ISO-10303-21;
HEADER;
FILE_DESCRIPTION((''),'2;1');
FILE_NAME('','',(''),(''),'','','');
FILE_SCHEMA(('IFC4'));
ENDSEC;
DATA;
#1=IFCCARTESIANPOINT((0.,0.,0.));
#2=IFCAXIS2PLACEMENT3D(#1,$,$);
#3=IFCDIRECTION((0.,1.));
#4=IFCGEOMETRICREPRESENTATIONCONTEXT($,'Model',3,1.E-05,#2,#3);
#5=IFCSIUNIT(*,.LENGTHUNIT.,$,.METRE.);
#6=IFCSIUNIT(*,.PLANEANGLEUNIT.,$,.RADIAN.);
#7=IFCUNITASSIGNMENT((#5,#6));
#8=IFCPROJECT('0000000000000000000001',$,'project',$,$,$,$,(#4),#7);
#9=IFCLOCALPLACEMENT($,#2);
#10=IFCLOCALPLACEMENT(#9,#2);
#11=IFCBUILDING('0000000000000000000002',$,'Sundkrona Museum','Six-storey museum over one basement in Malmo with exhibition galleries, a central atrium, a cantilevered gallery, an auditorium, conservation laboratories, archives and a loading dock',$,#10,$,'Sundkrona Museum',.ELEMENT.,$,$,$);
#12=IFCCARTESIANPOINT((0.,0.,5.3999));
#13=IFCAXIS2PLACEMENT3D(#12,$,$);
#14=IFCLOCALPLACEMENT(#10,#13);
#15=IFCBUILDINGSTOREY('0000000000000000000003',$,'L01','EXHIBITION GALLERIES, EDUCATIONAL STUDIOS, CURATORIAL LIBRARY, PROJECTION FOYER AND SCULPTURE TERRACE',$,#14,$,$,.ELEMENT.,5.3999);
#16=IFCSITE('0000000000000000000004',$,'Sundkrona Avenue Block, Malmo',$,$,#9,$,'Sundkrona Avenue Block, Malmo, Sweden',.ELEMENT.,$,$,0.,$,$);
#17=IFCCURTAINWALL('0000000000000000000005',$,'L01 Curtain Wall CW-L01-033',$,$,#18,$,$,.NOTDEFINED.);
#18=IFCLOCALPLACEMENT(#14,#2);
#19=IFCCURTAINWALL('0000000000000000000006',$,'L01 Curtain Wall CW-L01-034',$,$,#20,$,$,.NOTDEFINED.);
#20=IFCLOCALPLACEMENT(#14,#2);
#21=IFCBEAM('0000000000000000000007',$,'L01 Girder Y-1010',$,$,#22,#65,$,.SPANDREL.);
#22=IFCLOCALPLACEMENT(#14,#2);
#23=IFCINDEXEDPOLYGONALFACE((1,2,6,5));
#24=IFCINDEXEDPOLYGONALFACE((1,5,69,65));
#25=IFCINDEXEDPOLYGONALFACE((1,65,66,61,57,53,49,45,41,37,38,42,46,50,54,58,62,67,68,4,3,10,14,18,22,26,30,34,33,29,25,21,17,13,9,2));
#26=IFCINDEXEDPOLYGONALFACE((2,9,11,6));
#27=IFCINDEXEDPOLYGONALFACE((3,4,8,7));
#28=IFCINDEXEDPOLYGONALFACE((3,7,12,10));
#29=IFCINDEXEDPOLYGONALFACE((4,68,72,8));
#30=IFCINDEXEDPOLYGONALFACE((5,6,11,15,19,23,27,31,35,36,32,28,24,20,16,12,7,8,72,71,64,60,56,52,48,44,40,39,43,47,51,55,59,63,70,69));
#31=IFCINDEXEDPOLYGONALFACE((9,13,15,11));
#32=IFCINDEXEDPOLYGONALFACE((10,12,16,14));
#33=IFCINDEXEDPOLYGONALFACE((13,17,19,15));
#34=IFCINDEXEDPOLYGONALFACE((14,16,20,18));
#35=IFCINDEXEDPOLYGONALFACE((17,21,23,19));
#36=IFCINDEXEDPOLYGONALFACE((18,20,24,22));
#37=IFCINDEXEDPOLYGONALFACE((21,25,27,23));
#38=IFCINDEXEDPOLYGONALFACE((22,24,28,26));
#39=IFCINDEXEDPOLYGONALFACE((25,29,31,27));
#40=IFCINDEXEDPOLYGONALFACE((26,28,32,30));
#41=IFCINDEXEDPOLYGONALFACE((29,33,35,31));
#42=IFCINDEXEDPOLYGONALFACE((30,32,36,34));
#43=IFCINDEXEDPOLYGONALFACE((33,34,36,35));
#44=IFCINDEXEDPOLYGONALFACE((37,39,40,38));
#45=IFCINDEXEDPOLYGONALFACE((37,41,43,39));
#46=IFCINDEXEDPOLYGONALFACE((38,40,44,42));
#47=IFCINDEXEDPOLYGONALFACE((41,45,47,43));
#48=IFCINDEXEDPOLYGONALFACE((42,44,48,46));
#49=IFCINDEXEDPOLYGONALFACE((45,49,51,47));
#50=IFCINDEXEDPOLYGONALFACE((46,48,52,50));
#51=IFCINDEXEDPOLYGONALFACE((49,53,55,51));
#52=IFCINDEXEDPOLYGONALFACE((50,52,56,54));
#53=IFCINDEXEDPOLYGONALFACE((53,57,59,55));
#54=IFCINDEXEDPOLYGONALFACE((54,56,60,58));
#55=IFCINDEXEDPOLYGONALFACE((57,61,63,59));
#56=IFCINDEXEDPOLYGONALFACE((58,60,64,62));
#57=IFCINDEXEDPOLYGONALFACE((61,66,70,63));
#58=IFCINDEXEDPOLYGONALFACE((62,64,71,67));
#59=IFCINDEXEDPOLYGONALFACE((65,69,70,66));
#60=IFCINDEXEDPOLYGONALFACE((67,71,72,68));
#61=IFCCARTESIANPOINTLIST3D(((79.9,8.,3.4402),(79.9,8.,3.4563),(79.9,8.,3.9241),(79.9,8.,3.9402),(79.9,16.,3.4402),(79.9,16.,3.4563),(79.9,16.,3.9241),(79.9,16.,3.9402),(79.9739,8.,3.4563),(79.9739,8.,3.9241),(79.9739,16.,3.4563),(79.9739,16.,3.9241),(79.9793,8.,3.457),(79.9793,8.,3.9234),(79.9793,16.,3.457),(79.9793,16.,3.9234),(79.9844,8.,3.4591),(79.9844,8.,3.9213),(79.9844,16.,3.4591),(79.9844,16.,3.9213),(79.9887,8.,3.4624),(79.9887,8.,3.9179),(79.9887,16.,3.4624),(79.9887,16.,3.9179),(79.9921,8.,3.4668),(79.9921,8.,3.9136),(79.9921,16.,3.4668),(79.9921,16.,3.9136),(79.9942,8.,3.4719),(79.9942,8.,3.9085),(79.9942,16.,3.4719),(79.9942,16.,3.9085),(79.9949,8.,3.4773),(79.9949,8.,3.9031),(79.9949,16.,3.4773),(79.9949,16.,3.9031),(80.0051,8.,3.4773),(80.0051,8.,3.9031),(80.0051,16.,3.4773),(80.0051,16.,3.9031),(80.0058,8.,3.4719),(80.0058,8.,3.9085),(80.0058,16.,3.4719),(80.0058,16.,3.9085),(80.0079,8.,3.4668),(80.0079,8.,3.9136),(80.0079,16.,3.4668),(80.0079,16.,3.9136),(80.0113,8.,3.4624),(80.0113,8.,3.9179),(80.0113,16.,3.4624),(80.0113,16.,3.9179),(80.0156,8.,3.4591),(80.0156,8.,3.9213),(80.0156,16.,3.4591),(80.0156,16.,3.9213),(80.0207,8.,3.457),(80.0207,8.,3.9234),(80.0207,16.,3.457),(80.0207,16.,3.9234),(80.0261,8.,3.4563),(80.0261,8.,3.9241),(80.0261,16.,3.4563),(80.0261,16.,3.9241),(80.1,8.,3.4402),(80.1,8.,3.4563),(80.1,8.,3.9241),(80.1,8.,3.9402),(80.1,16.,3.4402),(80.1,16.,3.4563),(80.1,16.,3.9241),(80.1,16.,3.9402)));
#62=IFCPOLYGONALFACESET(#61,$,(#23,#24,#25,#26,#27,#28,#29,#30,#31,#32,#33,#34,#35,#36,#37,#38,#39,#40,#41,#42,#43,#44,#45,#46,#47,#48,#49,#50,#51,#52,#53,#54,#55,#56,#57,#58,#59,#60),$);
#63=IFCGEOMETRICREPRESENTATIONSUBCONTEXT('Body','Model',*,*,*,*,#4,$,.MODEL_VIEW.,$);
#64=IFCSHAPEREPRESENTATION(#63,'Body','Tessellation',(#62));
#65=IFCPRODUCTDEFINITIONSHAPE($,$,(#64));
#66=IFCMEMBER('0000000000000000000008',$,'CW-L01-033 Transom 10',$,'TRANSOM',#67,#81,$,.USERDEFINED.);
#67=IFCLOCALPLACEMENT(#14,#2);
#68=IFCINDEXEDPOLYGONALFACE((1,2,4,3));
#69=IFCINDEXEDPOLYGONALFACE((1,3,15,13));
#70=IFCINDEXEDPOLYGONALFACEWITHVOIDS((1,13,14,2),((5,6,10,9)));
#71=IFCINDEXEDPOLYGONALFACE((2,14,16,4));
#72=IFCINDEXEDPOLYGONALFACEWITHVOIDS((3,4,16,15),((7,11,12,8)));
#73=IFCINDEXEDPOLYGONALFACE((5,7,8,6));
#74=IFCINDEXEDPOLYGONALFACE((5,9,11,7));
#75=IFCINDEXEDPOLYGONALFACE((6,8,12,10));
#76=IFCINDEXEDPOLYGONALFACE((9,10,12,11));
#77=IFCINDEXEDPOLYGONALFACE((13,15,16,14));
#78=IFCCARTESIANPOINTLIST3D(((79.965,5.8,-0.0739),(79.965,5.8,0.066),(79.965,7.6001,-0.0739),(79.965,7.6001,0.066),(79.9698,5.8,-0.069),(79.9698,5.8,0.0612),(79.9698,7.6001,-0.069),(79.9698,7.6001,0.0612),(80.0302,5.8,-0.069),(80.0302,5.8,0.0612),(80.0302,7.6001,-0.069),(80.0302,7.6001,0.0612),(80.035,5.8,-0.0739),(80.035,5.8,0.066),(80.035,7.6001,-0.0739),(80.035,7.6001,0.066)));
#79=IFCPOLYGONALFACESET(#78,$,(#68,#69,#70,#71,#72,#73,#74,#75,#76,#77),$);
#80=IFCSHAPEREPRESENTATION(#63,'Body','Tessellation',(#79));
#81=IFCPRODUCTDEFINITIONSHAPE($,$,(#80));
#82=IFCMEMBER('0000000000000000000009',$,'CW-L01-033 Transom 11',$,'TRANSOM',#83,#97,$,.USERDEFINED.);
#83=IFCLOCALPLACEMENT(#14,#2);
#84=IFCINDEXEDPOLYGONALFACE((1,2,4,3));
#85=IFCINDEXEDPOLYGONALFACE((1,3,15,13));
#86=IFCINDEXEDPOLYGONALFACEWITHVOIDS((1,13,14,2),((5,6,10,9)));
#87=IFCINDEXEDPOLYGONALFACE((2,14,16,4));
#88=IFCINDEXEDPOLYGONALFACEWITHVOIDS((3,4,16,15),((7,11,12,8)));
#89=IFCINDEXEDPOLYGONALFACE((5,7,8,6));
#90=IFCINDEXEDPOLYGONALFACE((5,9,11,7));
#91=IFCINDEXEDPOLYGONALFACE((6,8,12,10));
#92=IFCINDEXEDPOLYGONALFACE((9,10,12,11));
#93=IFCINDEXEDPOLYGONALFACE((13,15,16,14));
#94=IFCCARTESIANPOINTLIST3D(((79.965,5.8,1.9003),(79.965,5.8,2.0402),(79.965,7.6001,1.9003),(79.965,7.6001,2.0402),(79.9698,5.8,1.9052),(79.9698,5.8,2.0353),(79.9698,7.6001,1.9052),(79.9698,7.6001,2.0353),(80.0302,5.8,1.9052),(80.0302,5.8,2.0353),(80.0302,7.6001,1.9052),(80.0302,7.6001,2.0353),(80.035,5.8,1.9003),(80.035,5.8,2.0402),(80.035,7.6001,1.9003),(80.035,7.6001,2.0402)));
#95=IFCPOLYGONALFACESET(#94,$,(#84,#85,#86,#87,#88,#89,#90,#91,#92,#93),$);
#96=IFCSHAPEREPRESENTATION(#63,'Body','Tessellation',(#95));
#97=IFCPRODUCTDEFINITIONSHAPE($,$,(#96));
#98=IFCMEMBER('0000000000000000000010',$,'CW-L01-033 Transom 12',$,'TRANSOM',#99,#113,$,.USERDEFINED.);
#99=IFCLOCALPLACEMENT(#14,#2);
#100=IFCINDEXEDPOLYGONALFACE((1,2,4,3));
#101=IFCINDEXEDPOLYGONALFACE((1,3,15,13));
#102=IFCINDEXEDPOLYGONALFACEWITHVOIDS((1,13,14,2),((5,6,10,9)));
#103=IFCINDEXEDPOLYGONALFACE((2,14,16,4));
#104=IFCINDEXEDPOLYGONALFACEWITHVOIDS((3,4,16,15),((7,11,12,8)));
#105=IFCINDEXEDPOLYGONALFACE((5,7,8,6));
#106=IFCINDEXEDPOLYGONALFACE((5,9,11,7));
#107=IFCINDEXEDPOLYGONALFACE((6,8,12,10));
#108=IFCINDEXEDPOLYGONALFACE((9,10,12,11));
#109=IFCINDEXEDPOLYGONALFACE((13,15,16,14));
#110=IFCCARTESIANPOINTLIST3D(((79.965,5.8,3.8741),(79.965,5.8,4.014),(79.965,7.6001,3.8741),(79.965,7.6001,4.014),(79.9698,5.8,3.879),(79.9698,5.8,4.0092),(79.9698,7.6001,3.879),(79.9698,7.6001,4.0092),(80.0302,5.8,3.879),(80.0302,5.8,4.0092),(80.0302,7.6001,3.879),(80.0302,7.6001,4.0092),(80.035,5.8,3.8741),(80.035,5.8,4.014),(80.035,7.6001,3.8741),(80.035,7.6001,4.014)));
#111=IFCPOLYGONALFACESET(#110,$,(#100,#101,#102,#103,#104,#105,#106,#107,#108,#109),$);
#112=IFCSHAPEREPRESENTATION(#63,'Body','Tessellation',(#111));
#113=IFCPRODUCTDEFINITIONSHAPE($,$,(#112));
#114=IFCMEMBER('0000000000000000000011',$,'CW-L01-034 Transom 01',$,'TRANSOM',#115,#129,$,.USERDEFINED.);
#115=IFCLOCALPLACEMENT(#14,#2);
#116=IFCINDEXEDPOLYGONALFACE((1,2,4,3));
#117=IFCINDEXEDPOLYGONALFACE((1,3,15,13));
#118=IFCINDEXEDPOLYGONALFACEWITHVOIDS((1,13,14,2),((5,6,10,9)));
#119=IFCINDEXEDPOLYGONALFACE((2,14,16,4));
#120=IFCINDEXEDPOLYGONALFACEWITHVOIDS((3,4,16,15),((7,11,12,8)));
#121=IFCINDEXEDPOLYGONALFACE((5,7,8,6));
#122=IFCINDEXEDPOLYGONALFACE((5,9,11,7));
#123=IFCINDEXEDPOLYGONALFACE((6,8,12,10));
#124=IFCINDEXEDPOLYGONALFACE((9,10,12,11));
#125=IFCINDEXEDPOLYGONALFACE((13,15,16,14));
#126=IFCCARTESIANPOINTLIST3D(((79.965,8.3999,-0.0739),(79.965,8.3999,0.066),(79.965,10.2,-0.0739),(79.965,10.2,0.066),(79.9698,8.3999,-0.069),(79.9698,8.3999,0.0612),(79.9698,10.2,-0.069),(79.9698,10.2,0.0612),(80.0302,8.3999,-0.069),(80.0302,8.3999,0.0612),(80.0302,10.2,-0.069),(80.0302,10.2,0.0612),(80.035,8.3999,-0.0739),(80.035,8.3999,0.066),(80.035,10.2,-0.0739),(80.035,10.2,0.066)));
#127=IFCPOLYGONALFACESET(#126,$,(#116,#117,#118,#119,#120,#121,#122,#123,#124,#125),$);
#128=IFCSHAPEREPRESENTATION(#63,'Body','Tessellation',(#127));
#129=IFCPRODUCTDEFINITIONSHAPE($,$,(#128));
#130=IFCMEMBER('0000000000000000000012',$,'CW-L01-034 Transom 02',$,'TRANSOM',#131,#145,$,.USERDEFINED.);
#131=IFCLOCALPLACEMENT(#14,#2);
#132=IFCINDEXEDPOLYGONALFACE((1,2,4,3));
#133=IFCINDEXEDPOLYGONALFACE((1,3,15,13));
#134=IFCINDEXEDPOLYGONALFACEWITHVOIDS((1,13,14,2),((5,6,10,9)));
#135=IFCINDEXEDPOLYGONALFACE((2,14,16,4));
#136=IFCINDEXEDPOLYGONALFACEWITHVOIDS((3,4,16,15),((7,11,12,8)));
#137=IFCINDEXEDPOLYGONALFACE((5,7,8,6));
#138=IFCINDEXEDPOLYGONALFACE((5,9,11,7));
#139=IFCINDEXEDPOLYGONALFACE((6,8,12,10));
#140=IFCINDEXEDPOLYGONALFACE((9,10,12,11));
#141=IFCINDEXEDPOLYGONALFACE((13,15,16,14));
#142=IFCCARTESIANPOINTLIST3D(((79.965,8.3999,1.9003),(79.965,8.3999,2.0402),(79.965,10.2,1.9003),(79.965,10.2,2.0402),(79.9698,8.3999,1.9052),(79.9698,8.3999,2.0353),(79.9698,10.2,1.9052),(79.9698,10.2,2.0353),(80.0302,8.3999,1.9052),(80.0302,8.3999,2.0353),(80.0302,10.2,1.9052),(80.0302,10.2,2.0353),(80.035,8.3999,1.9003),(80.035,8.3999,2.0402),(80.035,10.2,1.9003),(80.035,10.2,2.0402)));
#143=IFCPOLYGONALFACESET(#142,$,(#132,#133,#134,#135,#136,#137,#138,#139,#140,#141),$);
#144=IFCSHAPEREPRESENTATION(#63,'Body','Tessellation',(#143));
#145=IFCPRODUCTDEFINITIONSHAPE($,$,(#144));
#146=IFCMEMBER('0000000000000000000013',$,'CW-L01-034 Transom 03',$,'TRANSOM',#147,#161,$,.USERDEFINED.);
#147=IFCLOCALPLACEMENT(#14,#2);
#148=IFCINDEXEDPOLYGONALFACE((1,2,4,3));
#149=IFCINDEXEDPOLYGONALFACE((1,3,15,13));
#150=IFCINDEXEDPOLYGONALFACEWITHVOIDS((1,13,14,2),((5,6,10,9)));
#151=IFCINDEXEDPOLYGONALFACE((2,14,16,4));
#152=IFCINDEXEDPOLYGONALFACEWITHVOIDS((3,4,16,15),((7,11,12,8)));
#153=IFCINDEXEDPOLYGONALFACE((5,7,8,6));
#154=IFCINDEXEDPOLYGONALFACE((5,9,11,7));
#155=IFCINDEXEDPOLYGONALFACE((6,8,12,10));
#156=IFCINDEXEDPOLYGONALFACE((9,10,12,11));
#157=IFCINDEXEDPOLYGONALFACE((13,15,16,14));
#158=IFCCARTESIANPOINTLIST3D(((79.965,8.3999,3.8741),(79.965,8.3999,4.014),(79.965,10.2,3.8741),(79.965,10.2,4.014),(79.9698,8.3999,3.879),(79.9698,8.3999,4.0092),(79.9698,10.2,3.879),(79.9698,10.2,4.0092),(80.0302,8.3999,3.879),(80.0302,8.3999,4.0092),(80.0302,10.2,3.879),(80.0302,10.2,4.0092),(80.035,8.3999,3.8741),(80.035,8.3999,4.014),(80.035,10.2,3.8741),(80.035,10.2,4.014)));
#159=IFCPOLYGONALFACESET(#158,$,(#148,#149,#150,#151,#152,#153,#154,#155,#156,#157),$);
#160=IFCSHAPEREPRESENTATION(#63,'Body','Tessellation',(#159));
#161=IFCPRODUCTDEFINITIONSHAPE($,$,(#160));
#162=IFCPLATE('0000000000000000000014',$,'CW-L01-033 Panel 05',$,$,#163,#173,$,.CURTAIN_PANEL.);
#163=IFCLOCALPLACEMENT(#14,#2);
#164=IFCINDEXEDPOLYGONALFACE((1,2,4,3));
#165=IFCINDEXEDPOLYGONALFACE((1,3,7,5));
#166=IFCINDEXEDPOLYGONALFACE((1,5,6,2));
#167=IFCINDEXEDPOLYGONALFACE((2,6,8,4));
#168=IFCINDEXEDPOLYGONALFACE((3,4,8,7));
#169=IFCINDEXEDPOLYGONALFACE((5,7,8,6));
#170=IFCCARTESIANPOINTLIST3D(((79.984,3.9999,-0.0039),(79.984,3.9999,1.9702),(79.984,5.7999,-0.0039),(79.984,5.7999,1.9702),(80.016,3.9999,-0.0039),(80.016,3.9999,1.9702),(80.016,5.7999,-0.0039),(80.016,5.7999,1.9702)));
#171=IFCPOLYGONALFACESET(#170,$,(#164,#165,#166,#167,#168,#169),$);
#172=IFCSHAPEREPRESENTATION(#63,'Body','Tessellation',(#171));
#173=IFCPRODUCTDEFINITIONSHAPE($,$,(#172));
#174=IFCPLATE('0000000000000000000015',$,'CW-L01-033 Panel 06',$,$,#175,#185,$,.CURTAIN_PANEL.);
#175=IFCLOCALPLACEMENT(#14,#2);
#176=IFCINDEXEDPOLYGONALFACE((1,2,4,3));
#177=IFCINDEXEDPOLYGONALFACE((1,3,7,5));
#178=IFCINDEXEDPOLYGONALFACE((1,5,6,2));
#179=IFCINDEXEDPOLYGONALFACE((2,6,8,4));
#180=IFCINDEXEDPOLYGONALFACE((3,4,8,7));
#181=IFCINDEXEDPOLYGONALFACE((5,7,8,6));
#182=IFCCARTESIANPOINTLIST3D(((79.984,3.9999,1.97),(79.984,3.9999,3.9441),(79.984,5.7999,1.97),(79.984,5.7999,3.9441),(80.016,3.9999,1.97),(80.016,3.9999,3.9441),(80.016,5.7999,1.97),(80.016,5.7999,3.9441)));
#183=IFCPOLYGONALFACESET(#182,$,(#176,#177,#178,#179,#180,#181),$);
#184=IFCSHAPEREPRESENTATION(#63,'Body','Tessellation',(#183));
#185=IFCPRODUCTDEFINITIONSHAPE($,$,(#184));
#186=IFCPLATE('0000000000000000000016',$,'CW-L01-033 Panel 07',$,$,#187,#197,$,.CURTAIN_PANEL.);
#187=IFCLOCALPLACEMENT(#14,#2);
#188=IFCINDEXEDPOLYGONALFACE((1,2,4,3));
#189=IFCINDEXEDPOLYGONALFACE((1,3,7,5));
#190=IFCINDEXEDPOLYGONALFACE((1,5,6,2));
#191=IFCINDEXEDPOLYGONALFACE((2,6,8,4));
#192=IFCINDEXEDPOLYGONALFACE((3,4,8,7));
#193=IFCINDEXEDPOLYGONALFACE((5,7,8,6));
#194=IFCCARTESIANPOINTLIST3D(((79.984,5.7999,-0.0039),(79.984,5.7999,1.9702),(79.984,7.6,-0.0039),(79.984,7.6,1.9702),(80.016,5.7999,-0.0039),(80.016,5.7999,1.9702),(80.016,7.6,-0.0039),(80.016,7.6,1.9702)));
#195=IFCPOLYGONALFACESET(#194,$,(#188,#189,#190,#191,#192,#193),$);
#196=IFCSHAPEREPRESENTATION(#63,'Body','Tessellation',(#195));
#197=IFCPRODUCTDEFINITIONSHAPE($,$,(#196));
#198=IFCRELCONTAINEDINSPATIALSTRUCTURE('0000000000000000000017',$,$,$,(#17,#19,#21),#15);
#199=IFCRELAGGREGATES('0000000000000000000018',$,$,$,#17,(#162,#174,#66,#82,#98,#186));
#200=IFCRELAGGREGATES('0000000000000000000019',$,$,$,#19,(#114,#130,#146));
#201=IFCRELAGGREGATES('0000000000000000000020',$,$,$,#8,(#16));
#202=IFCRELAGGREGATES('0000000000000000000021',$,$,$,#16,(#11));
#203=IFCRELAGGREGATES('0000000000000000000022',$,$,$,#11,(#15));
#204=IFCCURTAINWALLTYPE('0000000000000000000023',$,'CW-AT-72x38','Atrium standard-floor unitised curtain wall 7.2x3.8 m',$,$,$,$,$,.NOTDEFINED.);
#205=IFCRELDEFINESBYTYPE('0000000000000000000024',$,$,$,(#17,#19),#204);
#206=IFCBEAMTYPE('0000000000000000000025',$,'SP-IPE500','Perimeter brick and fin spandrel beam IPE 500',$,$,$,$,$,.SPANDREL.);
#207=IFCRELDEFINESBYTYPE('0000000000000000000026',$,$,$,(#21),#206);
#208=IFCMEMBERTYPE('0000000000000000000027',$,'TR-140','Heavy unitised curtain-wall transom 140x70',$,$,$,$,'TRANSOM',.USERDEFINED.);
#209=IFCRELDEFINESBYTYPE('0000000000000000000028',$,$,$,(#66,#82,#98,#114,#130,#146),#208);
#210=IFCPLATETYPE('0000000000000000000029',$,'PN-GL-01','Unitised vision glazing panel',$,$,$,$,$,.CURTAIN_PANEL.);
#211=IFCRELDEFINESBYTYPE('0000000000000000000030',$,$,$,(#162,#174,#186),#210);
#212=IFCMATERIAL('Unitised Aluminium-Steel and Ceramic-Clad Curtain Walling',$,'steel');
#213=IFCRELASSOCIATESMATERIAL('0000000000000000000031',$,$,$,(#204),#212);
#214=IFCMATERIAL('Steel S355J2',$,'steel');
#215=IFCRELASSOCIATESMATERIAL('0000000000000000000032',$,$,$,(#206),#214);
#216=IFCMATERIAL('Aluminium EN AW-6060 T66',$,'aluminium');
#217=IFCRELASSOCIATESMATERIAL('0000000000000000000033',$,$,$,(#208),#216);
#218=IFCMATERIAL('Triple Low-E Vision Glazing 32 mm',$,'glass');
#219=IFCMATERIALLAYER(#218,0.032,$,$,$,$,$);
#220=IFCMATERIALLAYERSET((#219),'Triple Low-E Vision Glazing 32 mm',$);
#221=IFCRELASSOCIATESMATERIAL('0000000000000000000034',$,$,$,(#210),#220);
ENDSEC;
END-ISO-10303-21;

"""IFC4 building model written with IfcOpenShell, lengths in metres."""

from ifc_helpers import new_model, si_unit, direction, frame, origin, origin_2d, place, context, subcontext, project, spatial, rectangle, hollow_rectangle, i_section, extrude, material, layer, layer_set, material_profile, profile_set, type_object, element, aggregate, save


model = new_model("IFC4")

# Units and contexts
model_context = context("Model", 3, precision=1e-05, world=origin(), true_north=direction((0.0, 1.0)))
body_context = subcontext(model_context, "Body", "Model", "MODEL_VIEW")
ifc_project = project(units=[si_unit("LENGTHUNIT", "METRE"), si_unit("PLANEANGLEUNIT", "RADIAN")], contexts=[model_context])

# Site, building, storey
site_placement = place(None, origin())
site = spatial("IfcSite", under=ifc_project, at=site_placement, Name="Sundkrona Avenue Block, Malmo", LongName="Sundkrona Avenue Block, Malmo, Sweden", CompositionType="ELEMENT", RefElevation=0.0)
building_placement = place(site_placement, origin())
building = spatial("IfcBuilding", under=site, at=building_placement, Name="Sundkrona Museum", Description="Six-storey museum over one basement in Malmo with exhibition galleries, a central atrium, a cantilevered gallery, an auditorium, conservation laboratories, archives and a loading dock", LongName="Sundkrona Museum", CompositionType="ELEMENT")
storey_placement = place(building_placement, frame((0.0, 0.0, 5.3999)))
storey = spatial("IfcBuildingStorey", under=building, at=storey_placement, Name="L01", Description="EXHIBITION GALLERIES, EDUCATIONAL STUDIOS, CURATORIAL LIBRARY, PROJECTION FOYER AND SCULPTURE TERRACE", CompositionType="ELEMENT", Elevation=5.3999)

# Shared definitions
ifc_material_1 = material(Name="Steel S355J2", Category="steel")

# Curtain wall
ifc_material_2 = material(Name="Unitised Aluminium-Steel and Ceramic-Clad Curtain Walling", Category="steel")
curtain_wall_type = type_object("IfcCurtainWallType", Name="CW-AT-72x38", Description="Atrium standard-floor unitised curtain wall 7.2x3.8 m", PredefinedType="NOTDEFINED", material=ifc_material_2)
curtain_wall_1_placement = place(storey_placement, origin())
curtain_wall_1 = element("IfcCurtainWall", 1, at=curtain_wall_1_placement, inside=storey, type_object=curtain_wall_type, Name="L01 Curtain Wall CW-L01-033", PredefinedType="NOTDEFINED")
ifc_material_3 = material(Name="Aluminium EN AW-6060 T66", Category="aluminium")

# Curtain wall
curtain_wall_2_placement = place(storey_placement, origin())
curtain_wall_2 = element("IfcCurtainWall", 2, at=curtain_wall_2_placement, inside=storey, type_object=curtain_wall_type, Name="L01 Curtain Wall CW-L01-034", PredefinedType="NOTDEFINED")

# Beam
ifc_material_profile_1 = material_profile(ifc_material_1, i_section(OverallWidth=0.2, OverallDepth=0.5, WebThickness=0.0103, FlangeThickness=0.0161, FilletRadius=0.021, at=origin_2d()), Name="IPE 500")
ifc_profile_set_1 = profile_set([ifc_material_profile_1], Name="Steel S355J2")
beam_type_1 = type_object("IfcBeamType", Name="SP-IPE500", Description="Perimeter brick and fin spandrel beam IPE 500", PredefinedType="SPANDREL", material=ifc_profile_set_1)
beam_1_placement = place(storey_placement, frame((80.0, 8.0, 3.6902), z_axis=(0.0, 1.0, 0.0), x_axis=(-1.0, 0.0, 0.0)))
element("IfcBeam", 3, at=beam_1_placement, inside=storey, type_object=beam_type_1, Name="L01 Girder Y-1010", PredefinedType="SPANDREL", context=body_context, shape_type="SweptSolid", body=[
    extrude(i_section(OverallWidth=0.2, OverallDepth=0.5, WebThickness=0.0103, FlangeThickness=0.0161, FilletRadius=0.021, at=origin_2d()), origin(), (0.0, 0.0, 1.0), 8.0),
])

# Members
ifc_material_profile_2 = material_profile(ifc_material_3, hollow_rectangle(XDim=0.0701, YDim=0.1399, WallThickness=0.0049, at=origin_2d()), Name="RHS 140x70x5.0")
ifc_profile_set_2 = profile_set([ifc_material_profile_2], Name="Aluminium EN AW-6060 T66")
member_type_1 = type_object("IfcMemberType", Name="TR-140", Description="Heavy unitised curtain-wall transom 140x70", ElementType="TRANSOM", PredefinedType="USERDEFINED", material=ifc_profile_set_2)
member_1_placement = place(storey_placement, frame((80.0, 5.8, -0.0039), z_axis=(0.0, 1.0, 0.0), x_axis=(-1.0, 0.0, 0.0)))
member_1 = element("IfcMember", 4, at=member_1_placement, type_object=member_type_1, Name="CW-L01-033 Transom 10", ObjectType="TRANSOM", PredefinedType="USERDEFINED", context=body_context, shape_type="SweptSolid", body=[
    extrude(hollow_rectangle(XDim=0.0701, YDim=0.1399, WallThickness=0.0049, at=origin_2d()), origin(), (0.0, 0.0, 1.0), 1.8),
])
member_2_placement = place(storey_placement, frame((80.0, 5.8, 1.9702), z_axis=(0.0, 1.0, 0.0), x_axis=(-1.0, 0.0, 0.0)))
member_2 = element("IfcMember", 5, at=member_2_placement, type_object=member_type_1, Name="CW-L01-033 Transom 11", ObjectType="TRANSOM", PredefinedType="USERDEFINED", context=body_context, shape_type="SweptSolid", body=[
    extrude(hollow_rectangle(XDim=0.0701, YDim=0.1399, WallThickness=0.0049, at=origin_2d()), origin(), (0.0, 0.0, 1.0), 1.8),
])
member_3_placement = place(storey_placement, frame((80.0, 5.8, 3.9441), z_axis=(0.0, 1.0, 0.0), x_axis=(-1.0, 0.0, 0.0)))
member_3 = element("IfcMember", 6, at=member_3_placement, type_object=member_type_1, Name="CW-L01-033 Transom 12", ObjectType="TRANSOM", PredefinedType="USERDEFINED", context=body_context, shape_type="SweptSolid", body=[
    extrude(hollow_rectangle(XDim=0.0701, YDim=0.1399, WallThickness=0.0049, at=origin_2d()), origin(), (0.0, 0.0, 1.0), 1.8),
])
member_4_placement = place(storey_placement, frame((80.0, 8.3999, -0.0039), z_axis=(0.0, 1.0, 0.0), x_axis=(-1.0, 0.0, 0.0)))
member_4 = element("IfcMember", 7, at=member_4_placement, type_object=member_type_1, Name="CW-L01-034 Transom 01", ObjectType="TRANSOM", PredefinedType="USERDEFINED", context=body_context, shape_type="SweptSolid", body=[
    extrude(hollow_rectangle(XDim=0.0701, YDim=0.1399, WallThickness=0.0049, at=origin_2d()), origin(), (0.0, 0.0, 1.0), 1.8),
])
member_5_placement = place(storey_placement, frame((80.0, 8.3999, 1.9702), z_axis=(0.0, 1.0, 0.0), x_axis=(-1.0, 0.0, 0.0)))
member_5 = element("IfcMember", 8, at=member_5_placement, type_object=member_type_1, Name="CW-L01-034 Transom 02", ObjectType="TRANSOM", PredefinedType="USERDEFINED", context=body_context, shape_type="SweptSolid", body=[
    extrude(hollow_rectangle(XDim=0.0701, YDim=0.1399, WallThickness=0.0049, at=origin_2d()), origin(), (0.0, 0.0, 1.0), 1.8),
])
member_6_placement = place(storey_placement, frame((80.0, 8.3999, 3.9441), z_axis=(0.0, 1.0, 0.0), x_axis=(-1.0, 0.0, 0.0)))
member_6 = element("IfcMember", 9, at=member_6_placement, type_object=member_type_1, Name="CW-L01-034 Transom 03", ObjectType="TRANSOM", PredefinedType="USERDEFINED", context=body_context, shape_type="SweptSolid", body=[
    extrude(hollow_rectangle(XDim=0.0701, YDim=0.1399, WallThickness=0.0049, at=origin_2d()), origin(), (0.0, 0.0, 1.0), 1.8),
])

# Plates
ifc_material_4 = material(Name="Triple Low-E Vision Glazing 32 mm", Category="glass")
ifc_layer_1 = layer(ifc_material_4, 0.032)
ifc_layer_set_1 = layer_set([ifc_layer_1], Name="Triple Low-E Vision Glazing 32 mm")
plate_type = type_object("IfcPlateType", Name="PN-GL-01", Description="Unitised vision glazing panel", PredefinedType="CURTAIN_PANEL", material=ifc_layer_set_1)
plate_1_placement = place(storey_placement, frame((80.0, 4.8999, -0.0039), z_axis=(0.0, 0.0, 1.0), x_axis=(0.0, 1.0, 0.0)))
plate_1 = element("IfcPlate", 10, at=plate_1_placement, type_object=plate_type, Name="CW-L01-033 Panel 05", PredefinedType="CURTAIN_PANEL", context=body_context, shape_type="SweptSolid", body=[
    extrude(rectangle(XDim=1.8, YDim=0.032, at=origin_2d()), origin(), (0.0, 0.0, 1.0), 1.9741),
])
plate_2_placement = place(storey_placement, frame((80.0, 4.8999, 1.97), z_axis=(0.0, 0.0, 1.0), x_axis=(0.0, 1.0, 0.0)))
plate_2 = element("IfcPlate", 11, at=plate_2_placement, type_object=plate_type, Name="CW-L01-033 Panel 06", PredefinedType="CURTAIN_PANEL", context=body_context, shape_type="SweptSolid", body=[
    extrude(rectangle(XDim=1.8, YDim=0.032, at=origin_2d()), origin(), (0.0, 0.0, 1.0), 1.9741),
])
plate_3_placement = place(storey_placement, frame((80.0, 6.7, -0.0039), z_axis=(0.0, 0.0, 1.0), x_axis=(0.0, 1.0, 0.0)))
plate_3 = element("IfcPlate", 12, at=plate_3_placement, type_object=plate_type, Name="CW-L01-033 Panel 07", PredefinedType="CURTAIN_PANEL", context=body_context, shape_type="SweptSolid", body=[
    extrude(rectangle(XDim=1.8, YDim=0.032, at=origin_2d()), origin(), (0.0, 0.0, 1.0), 1.9741),
])
aggregate(curtain_wall_1, [plate_1, plate_2, member_1, member_2, member_3, plate_3])
aggregate(curtain_wall_2, [member_4, member_5, member_6])

save(model, "model.ifc")
